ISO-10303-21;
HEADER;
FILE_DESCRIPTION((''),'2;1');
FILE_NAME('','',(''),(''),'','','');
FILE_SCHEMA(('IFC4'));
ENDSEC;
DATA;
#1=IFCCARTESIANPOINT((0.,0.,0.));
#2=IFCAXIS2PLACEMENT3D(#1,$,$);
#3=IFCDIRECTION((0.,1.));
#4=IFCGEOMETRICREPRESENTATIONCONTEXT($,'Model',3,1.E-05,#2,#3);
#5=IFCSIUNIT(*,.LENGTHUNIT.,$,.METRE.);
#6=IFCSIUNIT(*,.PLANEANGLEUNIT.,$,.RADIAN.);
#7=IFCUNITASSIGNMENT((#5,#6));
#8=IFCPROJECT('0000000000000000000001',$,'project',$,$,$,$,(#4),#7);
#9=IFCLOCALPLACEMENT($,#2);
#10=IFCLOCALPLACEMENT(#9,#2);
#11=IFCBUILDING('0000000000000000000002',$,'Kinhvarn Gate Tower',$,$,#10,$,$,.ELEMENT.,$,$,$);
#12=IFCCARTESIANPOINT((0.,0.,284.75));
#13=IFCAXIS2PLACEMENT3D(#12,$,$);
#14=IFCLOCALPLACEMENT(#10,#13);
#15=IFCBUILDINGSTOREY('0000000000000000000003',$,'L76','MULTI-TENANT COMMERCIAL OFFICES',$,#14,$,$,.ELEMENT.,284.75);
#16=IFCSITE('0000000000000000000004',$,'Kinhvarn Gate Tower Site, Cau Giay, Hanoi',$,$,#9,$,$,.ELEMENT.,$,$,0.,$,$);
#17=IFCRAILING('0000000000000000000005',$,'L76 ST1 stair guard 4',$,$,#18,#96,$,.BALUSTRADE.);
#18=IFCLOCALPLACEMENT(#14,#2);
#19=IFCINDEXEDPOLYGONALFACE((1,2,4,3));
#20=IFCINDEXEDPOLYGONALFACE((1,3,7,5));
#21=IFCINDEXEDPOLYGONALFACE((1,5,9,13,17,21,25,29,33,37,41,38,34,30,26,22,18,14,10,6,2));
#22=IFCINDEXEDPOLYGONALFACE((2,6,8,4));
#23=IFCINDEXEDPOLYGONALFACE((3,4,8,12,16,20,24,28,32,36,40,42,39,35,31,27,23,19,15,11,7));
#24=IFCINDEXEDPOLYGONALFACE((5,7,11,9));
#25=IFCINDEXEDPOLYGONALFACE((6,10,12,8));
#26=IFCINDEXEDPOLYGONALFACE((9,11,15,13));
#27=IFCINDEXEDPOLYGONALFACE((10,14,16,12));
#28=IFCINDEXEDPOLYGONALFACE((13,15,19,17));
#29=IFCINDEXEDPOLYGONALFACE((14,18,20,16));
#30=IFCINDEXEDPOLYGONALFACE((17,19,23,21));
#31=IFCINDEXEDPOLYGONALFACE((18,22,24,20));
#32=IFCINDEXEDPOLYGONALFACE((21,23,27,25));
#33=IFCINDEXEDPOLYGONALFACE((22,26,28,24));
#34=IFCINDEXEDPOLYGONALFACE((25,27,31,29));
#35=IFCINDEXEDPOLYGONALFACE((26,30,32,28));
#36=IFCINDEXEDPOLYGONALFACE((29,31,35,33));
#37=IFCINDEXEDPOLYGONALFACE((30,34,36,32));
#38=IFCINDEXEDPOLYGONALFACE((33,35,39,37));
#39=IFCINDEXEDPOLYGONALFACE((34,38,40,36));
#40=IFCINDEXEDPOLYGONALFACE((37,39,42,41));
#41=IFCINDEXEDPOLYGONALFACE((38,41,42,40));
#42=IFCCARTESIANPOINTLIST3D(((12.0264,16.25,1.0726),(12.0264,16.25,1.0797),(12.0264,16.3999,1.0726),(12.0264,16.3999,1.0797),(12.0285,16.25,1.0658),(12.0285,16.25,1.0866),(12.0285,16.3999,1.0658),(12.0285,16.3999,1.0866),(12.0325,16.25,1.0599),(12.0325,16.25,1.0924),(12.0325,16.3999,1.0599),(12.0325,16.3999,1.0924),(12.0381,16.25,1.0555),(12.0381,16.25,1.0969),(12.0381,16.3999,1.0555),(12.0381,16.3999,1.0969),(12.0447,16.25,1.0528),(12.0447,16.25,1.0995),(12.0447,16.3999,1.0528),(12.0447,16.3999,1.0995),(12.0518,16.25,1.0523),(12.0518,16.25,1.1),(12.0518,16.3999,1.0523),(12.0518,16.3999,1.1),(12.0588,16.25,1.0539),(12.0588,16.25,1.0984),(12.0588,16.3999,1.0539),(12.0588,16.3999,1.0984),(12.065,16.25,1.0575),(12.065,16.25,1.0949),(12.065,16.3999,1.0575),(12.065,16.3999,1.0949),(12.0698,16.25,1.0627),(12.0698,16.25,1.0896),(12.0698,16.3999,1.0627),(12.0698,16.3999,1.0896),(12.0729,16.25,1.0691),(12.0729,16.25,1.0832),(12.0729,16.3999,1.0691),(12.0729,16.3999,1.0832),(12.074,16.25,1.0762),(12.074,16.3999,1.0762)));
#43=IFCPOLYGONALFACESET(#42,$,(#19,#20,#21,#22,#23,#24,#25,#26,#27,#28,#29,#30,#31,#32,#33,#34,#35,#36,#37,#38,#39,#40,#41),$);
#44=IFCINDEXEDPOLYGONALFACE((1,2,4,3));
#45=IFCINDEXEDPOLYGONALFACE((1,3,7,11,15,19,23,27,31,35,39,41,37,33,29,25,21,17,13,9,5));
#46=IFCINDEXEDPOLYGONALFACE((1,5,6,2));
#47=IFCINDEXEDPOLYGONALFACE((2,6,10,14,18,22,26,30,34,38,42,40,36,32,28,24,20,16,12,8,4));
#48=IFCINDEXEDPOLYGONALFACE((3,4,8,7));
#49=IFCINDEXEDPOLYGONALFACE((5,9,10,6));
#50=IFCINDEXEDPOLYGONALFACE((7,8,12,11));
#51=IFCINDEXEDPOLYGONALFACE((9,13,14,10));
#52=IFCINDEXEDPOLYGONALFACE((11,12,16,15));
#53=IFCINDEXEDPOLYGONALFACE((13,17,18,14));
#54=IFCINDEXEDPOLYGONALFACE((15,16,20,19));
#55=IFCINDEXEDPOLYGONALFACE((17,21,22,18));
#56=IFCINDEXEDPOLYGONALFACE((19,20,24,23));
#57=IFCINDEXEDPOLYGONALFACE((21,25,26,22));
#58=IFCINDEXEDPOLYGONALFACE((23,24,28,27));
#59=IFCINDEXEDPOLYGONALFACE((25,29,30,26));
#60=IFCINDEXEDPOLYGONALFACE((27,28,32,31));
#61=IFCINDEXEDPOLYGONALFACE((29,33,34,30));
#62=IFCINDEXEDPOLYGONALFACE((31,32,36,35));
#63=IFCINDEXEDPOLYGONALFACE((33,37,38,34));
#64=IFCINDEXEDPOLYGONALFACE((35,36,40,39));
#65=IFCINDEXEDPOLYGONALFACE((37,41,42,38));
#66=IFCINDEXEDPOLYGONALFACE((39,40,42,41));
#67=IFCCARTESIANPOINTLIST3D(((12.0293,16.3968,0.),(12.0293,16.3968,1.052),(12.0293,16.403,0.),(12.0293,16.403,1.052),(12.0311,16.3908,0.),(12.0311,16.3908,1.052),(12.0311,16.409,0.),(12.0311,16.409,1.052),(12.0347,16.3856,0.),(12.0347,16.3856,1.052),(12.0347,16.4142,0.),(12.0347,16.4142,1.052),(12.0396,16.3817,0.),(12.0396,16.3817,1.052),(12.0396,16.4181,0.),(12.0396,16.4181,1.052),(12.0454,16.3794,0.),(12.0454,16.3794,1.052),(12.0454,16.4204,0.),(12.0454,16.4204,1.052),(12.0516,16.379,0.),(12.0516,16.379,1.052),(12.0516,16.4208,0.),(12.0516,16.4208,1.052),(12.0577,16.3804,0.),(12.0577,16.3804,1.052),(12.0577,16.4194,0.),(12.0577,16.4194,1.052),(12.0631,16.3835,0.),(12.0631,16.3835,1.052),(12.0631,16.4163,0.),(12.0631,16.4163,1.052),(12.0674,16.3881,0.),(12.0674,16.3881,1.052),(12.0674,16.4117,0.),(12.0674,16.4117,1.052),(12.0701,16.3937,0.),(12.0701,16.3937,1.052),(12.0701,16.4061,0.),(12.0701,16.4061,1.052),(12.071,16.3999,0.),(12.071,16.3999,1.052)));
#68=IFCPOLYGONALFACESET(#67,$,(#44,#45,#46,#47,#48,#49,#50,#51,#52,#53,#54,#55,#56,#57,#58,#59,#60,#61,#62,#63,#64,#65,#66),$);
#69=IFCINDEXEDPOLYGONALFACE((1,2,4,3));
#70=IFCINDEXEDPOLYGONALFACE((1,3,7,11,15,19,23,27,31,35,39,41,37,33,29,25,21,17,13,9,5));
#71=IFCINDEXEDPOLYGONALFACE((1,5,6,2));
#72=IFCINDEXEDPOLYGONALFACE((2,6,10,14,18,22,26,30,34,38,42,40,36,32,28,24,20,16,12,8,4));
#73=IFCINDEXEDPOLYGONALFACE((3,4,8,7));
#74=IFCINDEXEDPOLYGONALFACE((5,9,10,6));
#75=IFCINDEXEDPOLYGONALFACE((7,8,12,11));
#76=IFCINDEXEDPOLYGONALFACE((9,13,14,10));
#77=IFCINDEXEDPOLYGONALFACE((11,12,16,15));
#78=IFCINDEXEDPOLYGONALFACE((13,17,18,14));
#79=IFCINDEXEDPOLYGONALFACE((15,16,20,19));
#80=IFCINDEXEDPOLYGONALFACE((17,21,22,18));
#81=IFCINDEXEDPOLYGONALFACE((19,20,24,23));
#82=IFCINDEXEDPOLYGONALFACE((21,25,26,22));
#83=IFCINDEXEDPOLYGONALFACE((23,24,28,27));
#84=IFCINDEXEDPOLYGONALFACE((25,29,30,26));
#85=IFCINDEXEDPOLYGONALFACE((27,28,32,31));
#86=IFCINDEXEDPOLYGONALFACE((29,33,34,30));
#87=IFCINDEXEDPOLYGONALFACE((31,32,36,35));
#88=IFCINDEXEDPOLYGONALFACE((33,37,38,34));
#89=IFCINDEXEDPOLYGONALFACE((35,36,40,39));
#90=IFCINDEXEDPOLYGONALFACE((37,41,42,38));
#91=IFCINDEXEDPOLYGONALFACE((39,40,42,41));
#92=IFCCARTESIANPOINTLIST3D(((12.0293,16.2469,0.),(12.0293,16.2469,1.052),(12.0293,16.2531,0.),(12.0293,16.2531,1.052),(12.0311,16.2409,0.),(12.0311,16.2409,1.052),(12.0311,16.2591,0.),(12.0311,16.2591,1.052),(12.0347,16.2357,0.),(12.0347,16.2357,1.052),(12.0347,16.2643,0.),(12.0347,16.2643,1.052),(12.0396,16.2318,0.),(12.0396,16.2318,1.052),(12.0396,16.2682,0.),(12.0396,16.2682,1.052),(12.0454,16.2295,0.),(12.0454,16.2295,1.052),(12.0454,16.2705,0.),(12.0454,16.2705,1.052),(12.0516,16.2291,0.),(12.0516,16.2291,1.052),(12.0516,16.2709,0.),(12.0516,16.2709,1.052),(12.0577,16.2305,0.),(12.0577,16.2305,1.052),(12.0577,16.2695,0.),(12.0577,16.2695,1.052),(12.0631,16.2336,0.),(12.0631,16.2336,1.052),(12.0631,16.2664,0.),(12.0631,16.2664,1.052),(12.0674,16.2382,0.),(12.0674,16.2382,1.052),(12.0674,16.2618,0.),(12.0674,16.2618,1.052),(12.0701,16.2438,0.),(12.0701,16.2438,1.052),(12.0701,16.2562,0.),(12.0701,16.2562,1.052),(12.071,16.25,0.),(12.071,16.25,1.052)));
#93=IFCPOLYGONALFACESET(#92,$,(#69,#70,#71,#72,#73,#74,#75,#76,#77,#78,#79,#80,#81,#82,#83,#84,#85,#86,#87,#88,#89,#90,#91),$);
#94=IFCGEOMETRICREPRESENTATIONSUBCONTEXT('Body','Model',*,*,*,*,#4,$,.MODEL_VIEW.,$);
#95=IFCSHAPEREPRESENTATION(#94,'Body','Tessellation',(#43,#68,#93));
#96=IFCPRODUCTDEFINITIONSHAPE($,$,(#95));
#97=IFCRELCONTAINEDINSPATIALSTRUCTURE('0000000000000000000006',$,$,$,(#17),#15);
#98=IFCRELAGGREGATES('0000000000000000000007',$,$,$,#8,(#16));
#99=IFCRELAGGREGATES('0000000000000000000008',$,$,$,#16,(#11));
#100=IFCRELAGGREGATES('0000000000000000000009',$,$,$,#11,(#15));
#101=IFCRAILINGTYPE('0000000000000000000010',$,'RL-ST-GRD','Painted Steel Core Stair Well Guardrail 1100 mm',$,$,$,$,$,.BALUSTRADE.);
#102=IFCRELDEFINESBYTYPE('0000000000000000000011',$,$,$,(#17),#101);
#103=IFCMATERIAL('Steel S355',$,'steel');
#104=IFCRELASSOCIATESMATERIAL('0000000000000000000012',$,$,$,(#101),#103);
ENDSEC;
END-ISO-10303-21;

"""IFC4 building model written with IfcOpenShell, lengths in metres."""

from ifc_helpers import new_model, si_unit, direction, frame, origin, origin_2d, place, context, subcontext, project, spatial, circle, extrude, material, type_object, element, save


model = new_model("IFC4")

# Units and contexts
model_context = context("Model", 3, precision=1e-05, world=origin(), true_north=direction((0.0, 1.0)))
body_context = subcontext(model_context, "Body", "Model", "MODEL_VIEW")
ifc_project = project(units=[si_unit("LENGTHUNIT", "METRE"), si_unit("PLANEANGLEUNIT", "RADIAN")], contexts=[model_context])

# Site, building, storey
site_placement = place(None, origin())
site = spatial("IfcSite", under=ifc_project, at=site_placement, Name="Kinhvarn Gate Tower Site, Cau Giay, Hanoi", CompositionType="ELEMENT", RefElevation=0.0)
building_placement = place(site_placement, origin())
building = spatial("IfcBuilding", under=site, at=building_placement, Name="Kinhvarn Gate Tower", CompositionType="ELEMENT")
storey_placement = place(building_placement, frame((0.0, 0.0, 284.75)))
storey = spatial("IfcBuildingStorey", under=building, at=storey_placement, Name="L76", Description="MULTI-TENANT COMMERCIAL OFFICES", CompositionType="ELEMENT", Elevation=284.75)

# Shared definitions
ifc_material_1 = material(Name="Steel S355", Category="steel")

# Railing
railing_type_1 = type_object("IfcRailingType", Name="RL-ST-GRD", Description="Painted Steel Core Stair Well Guardrail 1100 mm", PredefinedType="BALUSTRADE", material=ifc_material_1)
railing_1_placement = place(storey_placement, frame((12.05, 16.3999, 0.0)))
element("IfcRailing", 1, at=railing_1_placement, inside=storey, type_object=railing_type_1, Name="L76 ST1 stair guard 4", PredefinedType="BALUSTRADE", context=body_context, shape_type="SweptSolid", body=[
    extrude(circle(Radius=0.0239, at=origin_2d()), frame((0.0, 0.0, 1.0762), z_axis=(0.0, -1.0, 0.0), x_axis=(1.0, 0.0, 0.0)), (0.0, 0.0, 1.0), 0.1499),
    extrude(circle(Radius=0.021, at=origin_2d()), origin(), (0.0, 0.0, 1.0), 1.052),
    extrude(circle(Radius=0.021, at=origin_2d()), frame((0.0, -0.1499, 0.0)), (0.0, 0.0, 1.0), 1.052),
])

save(model, "model.ifc")
